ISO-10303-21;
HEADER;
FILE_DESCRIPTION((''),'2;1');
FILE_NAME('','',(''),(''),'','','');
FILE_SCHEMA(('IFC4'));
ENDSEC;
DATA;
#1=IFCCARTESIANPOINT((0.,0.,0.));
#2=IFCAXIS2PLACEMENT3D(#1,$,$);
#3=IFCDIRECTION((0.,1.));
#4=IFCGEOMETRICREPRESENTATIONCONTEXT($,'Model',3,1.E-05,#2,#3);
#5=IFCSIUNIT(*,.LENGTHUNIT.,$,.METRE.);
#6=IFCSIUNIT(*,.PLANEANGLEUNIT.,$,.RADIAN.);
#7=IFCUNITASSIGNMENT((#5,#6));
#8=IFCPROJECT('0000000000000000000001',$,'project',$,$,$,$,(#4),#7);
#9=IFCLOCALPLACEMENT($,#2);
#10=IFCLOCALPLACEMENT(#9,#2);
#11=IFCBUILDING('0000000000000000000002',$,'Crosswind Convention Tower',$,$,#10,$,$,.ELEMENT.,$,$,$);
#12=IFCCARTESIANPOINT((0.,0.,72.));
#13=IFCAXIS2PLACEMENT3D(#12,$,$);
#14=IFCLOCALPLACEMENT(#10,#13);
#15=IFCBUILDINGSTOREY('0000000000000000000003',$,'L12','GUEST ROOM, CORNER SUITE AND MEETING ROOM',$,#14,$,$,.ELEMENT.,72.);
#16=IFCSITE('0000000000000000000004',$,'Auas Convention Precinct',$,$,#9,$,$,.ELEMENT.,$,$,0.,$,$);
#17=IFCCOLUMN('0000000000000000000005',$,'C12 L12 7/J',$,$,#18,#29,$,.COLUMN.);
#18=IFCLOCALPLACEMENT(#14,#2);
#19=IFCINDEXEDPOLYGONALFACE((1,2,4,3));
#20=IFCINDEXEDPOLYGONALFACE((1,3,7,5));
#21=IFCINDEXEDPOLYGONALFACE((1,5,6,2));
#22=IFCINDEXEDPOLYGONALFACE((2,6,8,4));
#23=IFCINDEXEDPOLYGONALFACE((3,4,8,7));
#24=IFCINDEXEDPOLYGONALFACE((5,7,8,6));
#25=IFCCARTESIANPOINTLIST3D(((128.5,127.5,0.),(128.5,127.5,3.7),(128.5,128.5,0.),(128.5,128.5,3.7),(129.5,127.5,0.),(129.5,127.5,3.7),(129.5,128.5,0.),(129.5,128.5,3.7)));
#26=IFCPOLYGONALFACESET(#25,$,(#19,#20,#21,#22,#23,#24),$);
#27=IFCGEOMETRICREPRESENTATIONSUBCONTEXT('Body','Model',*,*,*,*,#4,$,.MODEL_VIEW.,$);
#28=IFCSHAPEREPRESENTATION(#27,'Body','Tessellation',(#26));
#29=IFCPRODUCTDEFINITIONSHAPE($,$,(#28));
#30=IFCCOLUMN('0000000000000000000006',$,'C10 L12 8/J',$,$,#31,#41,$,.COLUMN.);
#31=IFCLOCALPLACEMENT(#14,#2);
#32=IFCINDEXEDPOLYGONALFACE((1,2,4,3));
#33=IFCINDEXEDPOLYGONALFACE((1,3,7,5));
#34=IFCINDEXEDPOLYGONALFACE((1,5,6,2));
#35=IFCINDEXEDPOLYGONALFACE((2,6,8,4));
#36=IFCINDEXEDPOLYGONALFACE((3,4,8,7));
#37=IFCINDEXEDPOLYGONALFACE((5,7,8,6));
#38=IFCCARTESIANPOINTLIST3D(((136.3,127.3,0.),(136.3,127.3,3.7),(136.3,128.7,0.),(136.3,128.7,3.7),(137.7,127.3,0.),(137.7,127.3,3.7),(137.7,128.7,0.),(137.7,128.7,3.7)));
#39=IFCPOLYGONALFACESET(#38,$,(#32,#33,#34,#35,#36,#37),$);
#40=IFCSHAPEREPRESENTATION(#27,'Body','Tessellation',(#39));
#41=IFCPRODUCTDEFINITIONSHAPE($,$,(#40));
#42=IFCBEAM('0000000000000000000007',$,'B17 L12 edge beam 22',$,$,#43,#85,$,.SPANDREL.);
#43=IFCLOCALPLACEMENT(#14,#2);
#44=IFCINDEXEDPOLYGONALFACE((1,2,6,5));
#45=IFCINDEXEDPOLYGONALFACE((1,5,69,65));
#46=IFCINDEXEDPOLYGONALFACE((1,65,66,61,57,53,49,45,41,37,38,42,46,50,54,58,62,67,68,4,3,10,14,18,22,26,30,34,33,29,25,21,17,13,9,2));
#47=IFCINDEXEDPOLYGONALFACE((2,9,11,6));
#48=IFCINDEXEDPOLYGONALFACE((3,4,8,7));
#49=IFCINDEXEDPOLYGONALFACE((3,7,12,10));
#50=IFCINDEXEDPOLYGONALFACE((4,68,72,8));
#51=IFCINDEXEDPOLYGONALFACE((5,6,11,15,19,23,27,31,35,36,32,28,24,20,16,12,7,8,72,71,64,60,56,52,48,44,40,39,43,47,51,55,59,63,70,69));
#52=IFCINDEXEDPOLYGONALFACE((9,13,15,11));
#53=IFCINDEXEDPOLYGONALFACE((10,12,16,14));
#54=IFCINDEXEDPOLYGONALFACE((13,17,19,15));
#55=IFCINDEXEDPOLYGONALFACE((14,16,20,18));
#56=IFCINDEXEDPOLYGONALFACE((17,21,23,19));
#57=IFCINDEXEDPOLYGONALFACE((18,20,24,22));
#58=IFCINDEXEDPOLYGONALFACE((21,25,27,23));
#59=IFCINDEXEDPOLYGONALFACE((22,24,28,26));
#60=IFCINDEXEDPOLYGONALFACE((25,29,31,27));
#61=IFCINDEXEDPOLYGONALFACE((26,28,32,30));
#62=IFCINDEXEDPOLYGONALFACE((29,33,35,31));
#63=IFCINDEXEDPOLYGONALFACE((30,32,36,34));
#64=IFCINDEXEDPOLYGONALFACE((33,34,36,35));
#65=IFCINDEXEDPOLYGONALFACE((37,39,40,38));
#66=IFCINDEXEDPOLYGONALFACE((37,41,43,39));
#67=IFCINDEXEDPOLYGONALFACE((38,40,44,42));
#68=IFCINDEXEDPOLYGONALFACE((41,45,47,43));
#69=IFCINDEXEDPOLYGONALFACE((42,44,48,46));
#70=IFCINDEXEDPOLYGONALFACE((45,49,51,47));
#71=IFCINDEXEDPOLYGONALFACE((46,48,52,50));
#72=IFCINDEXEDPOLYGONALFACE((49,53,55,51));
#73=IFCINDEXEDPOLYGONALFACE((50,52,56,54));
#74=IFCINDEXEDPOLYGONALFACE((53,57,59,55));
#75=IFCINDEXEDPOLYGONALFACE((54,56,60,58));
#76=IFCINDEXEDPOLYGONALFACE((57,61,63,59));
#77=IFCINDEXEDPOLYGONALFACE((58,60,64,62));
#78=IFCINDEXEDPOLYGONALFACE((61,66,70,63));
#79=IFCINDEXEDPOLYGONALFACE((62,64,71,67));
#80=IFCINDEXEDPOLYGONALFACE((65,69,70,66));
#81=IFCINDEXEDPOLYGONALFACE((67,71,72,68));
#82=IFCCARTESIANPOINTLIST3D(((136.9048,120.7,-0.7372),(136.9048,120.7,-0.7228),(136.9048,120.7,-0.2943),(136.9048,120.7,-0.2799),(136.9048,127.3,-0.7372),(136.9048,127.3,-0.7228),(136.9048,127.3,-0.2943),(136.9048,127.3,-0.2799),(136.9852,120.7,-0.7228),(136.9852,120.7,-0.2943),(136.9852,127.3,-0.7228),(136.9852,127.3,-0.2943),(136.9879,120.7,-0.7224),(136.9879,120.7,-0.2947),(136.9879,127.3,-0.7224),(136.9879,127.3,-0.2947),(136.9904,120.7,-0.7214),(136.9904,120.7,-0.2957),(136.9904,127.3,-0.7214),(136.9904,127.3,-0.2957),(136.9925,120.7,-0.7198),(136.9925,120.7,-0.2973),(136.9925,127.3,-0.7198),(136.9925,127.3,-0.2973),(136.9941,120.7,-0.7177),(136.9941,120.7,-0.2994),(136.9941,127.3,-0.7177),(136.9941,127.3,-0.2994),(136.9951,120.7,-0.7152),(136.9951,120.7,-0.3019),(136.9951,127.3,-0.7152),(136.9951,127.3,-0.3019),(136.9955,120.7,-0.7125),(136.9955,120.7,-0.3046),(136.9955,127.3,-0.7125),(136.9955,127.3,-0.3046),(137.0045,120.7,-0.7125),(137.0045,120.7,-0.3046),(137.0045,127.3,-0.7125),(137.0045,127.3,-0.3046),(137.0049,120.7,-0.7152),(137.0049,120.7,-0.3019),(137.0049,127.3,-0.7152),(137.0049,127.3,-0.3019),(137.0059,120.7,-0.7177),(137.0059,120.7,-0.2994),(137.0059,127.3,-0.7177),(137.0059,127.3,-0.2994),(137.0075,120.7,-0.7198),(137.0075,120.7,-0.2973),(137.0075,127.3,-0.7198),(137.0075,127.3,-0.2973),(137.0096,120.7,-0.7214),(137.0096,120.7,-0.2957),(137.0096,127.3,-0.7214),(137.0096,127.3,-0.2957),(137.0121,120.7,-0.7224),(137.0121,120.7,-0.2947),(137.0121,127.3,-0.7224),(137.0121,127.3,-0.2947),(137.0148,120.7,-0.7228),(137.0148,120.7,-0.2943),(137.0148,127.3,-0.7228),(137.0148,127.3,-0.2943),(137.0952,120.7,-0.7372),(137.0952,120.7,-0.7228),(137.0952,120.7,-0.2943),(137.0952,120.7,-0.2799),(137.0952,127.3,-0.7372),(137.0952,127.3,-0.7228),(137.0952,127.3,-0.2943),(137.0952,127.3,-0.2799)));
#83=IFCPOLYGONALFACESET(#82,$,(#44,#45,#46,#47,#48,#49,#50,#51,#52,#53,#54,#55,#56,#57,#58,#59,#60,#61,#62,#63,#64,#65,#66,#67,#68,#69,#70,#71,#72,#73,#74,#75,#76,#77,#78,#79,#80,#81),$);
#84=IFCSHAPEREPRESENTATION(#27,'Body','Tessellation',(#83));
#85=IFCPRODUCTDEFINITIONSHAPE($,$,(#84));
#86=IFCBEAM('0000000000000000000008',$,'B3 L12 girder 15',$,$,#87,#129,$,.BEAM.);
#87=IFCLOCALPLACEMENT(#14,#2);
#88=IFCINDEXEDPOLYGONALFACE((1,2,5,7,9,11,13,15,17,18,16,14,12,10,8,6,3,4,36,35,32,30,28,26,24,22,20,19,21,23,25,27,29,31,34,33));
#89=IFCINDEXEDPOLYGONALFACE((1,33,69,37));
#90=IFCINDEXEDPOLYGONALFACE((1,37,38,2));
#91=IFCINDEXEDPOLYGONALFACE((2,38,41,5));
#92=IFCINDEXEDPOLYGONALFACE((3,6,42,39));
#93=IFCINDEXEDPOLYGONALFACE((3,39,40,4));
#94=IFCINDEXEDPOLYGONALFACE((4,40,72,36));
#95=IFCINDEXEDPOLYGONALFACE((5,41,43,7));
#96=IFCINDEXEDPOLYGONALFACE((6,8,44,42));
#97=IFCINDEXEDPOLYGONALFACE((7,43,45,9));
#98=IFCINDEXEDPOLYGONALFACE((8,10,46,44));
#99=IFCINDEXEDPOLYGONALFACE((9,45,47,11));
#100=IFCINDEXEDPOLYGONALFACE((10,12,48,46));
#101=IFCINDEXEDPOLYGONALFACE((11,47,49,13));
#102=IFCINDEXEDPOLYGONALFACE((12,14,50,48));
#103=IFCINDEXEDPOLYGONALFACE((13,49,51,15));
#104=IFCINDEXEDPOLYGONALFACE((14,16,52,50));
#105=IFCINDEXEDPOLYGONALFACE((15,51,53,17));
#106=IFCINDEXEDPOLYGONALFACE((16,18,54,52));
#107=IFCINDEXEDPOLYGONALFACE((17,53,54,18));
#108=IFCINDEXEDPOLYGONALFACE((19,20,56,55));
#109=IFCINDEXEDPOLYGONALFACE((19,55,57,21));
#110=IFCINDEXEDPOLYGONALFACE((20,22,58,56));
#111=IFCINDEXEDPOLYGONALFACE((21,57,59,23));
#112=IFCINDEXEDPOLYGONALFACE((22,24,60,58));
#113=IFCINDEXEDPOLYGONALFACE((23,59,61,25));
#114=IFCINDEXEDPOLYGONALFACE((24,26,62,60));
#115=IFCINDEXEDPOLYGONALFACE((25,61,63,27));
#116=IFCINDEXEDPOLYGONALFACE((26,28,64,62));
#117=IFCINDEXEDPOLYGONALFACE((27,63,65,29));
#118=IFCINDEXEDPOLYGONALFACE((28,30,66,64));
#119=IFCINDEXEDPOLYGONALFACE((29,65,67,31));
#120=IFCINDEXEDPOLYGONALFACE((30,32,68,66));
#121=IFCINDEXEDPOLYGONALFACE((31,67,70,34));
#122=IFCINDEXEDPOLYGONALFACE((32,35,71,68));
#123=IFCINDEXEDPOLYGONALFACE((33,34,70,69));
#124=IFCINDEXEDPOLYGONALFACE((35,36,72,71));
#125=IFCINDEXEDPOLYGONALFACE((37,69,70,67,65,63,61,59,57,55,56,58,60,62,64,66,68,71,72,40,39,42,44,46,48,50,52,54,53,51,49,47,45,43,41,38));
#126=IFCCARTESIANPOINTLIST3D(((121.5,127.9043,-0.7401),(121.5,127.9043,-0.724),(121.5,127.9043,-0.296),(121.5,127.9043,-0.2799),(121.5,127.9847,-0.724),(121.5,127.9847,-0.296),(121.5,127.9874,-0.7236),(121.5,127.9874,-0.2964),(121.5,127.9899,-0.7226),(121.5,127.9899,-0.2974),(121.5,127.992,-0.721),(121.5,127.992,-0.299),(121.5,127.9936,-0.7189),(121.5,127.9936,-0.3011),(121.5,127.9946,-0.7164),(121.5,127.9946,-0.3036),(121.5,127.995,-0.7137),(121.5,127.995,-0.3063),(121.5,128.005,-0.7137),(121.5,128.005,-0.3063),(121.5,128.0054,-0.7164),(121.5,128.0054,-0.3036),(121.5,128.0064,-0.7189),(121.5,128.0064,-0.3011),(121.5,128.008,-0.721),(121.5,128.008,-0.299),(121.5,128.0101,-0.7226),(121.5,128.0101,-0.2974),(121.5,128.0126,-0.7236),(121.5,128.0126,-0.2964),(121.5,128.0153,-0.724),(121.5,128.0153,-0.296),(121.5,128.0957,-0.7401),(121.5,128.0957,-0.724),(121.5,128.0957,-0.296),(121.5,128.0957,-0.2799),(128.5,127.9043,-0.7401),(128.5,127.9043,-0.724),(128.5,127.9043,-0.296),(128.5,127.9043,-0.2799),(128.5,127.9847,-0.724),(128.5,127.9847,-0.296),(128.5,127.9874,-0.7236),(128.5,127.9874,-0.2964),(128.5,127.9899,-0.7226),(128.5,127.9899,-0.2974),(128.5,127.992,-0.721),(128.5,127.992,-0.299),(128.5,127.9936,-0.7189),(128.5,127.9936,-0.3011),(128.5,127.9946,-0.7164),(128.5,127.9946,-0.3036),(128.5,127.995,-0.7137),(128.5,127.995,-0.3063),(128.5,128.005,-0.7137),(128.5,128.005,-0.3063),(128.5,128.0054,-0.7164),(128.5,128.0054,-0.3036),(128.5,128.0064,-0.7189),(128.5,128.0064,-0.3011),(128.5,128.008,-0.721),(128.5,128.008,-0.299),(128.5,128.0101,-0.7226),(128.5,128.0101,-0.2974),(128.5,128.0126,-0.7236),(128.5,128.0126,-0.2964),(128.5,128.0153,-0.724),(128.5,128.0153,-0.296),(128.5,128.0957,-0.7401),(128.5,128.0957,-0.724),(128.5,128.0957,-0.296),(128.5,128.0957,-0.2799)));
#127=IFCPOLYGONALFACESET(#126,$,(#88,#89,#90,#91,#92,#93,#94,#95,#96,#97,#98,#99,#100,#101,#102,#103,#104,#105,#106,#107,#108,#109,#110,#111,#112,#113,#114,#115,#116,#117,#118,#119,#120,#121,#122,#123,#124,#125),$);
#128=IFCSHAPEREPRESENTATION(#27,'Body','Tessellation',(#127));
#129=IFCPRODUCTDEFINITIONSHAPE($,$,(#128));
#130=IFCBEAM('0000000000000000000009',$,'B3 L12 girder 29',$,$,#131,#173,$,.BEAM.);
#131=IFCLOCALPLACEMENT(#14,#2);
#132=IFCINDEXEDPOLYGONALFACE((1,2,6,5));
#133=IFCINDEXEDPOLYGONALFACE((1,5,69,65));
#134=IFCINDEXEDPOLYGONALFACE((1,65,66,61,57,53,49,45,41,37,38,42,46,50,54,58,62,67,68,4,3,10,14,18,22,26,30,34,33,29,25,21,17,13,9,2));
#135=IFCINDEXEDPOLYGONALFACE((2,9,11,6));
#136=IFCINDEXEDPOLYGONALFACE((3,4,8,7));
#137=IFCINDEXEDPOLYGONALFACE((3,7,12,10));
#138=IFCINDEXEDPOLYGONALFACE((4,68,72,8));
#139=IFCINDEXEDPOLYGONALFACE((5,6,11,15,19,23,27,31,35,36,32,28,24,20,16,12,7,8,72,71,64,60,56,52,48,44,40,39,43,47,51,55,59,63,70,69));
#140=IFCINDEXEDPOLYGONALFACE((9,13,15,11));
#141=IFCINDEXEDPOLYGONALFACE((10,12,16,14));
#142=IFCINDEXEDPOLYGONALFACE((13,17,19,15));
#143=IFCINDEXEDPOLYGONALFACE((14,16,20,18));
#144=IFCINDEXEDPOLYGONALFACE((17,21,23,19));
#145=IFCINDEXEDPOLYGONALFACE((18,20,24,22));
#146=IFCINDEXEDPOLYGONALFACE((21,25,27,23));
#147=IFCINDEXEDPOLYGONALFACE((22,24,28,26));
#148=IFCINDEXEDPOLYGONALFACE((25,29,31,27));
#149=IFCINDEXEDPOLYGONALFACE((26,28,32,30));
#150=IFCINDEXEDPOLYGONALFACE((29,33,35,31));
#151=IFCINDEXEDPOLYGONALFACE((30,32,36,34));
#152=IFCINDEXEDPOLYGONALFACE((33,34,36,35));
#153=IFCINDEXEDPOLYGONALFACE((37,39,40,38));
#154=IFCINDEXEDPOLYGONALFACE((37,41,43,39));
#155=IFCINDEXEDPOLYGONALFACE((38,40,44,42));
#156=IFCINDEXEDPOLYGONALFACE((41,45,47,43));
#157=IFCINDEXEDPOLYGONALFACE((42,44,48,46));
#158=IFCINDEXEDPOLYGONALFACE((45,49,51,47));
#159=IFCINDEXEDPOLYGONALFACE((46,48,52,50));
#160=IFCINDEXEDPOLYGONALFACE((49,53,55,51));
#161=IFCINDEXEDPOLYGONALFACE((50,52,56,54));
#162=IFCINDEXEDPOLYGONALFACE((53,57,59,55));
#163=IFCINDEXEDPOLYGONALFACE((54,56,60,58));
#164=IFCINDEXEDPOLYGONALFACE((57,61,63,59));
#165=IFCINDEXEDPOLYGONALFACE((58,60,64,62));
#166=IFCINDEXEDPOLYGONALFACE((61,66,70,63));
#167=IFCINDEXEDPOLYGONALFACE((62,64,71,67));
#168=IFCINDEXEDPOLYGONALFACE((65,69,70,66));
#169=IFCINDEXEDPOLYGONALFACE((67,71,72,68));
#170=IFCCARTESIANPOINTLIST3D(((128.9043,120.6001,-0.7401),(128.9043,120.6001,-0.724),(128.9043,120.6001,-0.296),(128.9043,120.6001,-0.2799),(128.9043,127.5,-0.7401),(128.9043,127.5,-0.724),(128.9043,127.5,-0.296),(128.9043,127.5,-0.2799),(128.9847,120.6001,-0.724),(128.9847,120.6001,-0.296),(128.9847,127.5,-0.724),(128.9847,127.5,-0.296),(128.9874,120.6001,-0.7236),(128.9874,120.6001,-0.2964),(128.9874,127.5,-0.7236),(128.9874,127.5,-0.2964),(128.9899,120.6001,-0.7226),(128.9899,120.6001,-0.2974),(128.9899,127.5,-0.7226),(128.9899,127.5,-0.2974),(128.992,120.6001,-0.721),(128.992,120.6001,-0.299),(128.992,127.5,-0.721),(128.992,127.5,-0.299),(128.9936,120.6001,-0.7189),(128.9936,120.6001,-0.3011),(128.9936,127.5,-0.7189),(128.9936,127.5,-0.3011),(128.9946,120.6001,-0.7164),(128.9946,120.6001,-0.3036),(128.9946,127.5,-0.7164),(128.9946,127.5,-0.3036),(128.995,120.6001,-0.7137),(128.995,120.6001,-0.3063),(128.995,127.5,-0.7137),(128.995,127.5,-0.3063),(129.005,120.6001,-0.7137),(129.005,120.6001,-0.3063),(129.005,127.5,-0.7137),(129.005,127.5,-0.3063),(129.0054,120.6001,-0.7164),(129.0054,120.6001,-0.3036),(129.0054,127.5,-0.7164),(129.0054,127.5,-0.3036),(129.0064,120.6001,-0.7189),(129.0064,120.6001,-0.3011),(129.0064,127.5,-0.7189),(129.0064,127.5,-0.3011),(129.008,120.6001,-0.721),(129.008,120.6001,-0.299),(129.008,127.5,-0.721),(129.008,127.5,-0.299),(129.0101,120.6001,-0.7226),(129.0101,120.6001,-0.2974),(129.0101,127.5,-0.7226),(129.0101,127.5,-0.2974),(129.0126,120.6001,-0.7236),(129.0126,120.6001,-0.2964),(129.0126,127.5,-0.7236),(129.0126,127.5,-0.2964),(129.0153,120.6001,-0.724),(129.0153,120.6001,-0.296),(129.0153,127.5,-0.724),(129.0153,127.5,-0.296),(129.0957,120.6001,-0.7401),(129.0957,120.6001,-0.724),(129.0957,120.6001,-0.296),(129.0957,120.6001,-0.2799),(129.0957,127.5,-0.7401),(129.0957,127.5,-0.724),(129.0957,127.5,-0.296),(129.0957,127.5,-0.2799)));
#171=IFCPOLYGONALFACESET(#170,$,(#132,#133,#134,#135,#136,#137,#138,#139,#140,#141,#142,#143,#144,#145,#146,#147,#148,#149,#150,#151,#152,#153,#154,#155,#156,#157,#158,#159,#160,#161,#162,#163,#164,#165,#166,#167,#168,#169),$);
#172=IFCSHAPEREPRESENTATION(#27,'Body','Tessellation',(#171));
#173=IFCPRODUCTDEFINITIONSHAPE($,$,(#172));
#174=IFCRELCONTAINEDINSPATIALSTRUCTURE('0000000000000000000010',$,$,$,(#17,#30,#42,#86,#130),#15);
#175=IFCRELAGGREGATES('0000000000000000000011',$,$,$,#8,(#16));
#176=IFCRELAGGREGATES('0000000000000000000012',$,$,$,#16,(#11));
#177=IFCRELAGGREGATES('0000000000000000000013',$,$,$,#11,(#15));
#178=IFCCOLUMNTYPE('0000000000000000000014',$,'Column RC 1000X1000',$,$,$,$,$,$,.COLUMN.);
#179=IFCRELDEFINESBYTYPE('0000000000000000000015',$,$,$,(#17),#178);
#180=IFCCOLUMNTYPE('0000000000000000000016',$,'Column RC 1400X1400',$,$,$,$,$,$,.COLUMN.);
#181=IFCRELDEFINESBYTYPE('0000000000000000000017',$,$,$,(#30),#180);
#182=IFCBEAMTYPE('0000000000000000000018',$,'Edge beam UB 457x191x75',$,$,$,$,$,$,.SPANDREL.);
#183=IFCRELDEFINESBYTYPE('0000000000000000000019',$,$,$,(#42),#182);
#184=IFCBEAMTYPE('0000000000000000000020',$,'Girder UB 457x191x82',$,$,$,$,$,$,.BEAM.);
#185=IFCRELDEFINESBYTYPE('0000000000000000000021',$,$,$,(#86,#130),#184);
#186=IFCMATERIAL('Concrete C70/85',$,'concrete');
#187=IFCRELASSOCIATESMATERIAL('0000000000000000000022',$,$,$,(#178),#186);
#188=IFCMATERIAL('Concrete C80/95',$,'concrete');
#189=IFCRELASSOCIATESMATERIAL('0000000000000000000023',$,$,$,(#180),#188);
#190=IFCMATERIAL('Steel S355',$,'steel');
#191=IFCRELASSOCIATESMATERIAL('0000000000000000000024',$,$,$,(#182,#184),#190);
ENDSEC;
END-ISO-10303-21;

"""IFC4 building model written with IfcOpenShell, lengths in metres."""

from ifc_helpers import new_model, si_unit, direction, frame, origin, origin_2d, place, context, subcontext, project, spatial, rectangle, i_section, extrude, material, material_profile, profile_set, type_object, element, save


model = new_model("IFC4")

# Units and contexts
model_context = context("Model", 3, precision=1e-05, world=origin(), true_north=direction((0.0, 1.0)))
body_context = subcontext(model_context, "Body", "Model", "MODEL_VIEW")
ifc_project = project(units=[si_unit("LENGTHUNIT", "METRE"), si_unit("PLANEANGLEUNIT", "RADIAN")], contexts=[model_context])

# Site, building, storey
site_placement = place(None, origin())
site = spatial("IfcSite", under=ifc_project, at=site_placement, Name="Auas Convention Precinct", CompositionType="ELEMENT", RefElevation=0.0)
building_placement = place(site_placement, origin())
building = spatial("IfcBuilding", under=site, at=building_placement, Name="Crosswind Convention Tower", CompositionType="ELEMENT")
storey_placement = place(building_placement, frame((0.0, 0.0, 72.0)))
storey = spatial("IfcBuildingStorey", under=building, at=storey_placement, Name="L12", Description="GUEST ROOM, CORNER SUITE AND MEETING ROOM", CompositionType="ELEMENT", Elevation=72.0)

# Columns
ifc_material_1 = material(Name="Concrete C70/85", Category="concrete")
ifc_material_profile_1 = material_profile(ifc_material_1, rectangle(XDim=1.0, YDim=1.0, at=origin_2d()), Name="RC 1000X1000")
ifc_profile_set_1 = profile_set([ifc_material_profile_1], Name="Concrete C70/85")
column_type_1 = type_object("IfcColumnType", Name="Column RC 1000X1000", PredefinedType="COLUMN", material=ifc_profile_set_1)
column_1_placement = place(storey_placement, frame((129.0, 128.0, 0.0), z_axis=(0.0, 0.0, 1.0), x_axis=(1.0, 0.0, 0.0)))
element("IfcColumn", 1, at=column_1_placement, inside=storey, type_object=column_type_1, Name="C12 L12 7/J", PredefinedType="COLUMN", context=body_context, shape_type="SweptSolid", body=[
    extrude(rectangle(XDim=1.0, YDim=1.0, at=origin_2d()), origin(), (0.0, 0.0, 1.0), 3.7),
])
ifc_material_2 = material(Name="Concrete C80/95", Category="concrete")
ifc_material_profile_2 = material_profile(ifc_material_2, rectangle(XDim=1.3999, YDim=1.3999, at=origin_2d()), Name="RC 1400X1400")
ifc_profile_set_2 = profile_set([ifc_material_profile_2], Name="Concrete C80/95")
column_type_2 = type_object("IfcColumnType", Name="Column RC 1400X1400", PredefinedType="COLUMN", material=ifc_profile_set_2)
column_2_placement = place(storey_placement, frame((137.0, 128.0, 0.0), z_axis=(0.0, 0.0, 1.0), x_axis=(1.0, 0.0, 0.0)))
element("IfcColumn", 2, at=column_2_placement, inside=storey, type_object=column_type_2, Name="C10 L12 8/J", PredefinedType="COLUMN", context=body_context, shape_type="SweptSolid", body=[
    extrude(rectangle(XDim=1.3999, YDim=1.3999, at=origin_2d()), origin(), (0.0, 0.0, 1.0), 3.7),
])

# Beams
ifc_material_3 = material(Name="Steel S355", Category="steel")
ifc_material_profile_3 = material_profile(ifc_material_3, i_section(OverallWidth=0.1904, OverallDepth=0.4573, WebThickness=0.009, FlangeThickness=0.0144, FilletRadius=0.0103, at=origin_2d()), Name="UB 457x191x75")
ifc_profile_set_3 = profile_set([ifc_material_profile_3], Name="Steel S355")
beam_type_1 = type_object("IfcBeamType", Name="Edge beam UB 457x191x75", PredefinedType="SPANDREL", material=ifc_profile_set_3)
beam_1_placement = place(storey_placement, frame((137.0, 120.7, -0.5085), z_axis=(0.0, 1.0, 0.0), x_axis=(-1.0, 0.0, 0.0)))
element("IfcBeam", 3, at=beam_1_placement, inside=storey, type_object=beam_type_1, Name="B17 L12 edge beam 22", PredefinedType="SPANDREL", context=body_context, shape_type="SweptSolid", body=[
    extrude(i_section(OverallWidth=0.1904, OverallDepth=0.4573, WebThickness=0.009, FlangeThickness=0.0144, FilletRadius=0.0103, at=origin_2d()), origin(), (0.0, 0.0, 1.0), 6.6001),
])
ifc_material_profile_4 = material_profile(ifc_material_3, i_section(OverallWidth=0.1914, OverallDepth=0.4602, WebThickness=0.01, FlangeThickness=0.0161, FilletRadius=0.0103, at=origin_2d()), Name="UB 457x191x82")
ifc_profile_set_4 = profile_set([ifc_material_profile_4], Name="Steel S355")
beam_type_2 = type_object("IfcBeamType", Name="Girder UB 457x191x82", PredefinedType="BEAM", material=ifc_profile_set_4)
beam_2_placement = place(storey_placement, frame((121.5, 128.0, -0.51), z_axis=(1.0, 0.0, 0.0), x_axis=(0.0, 1.0, 0.0)))
element("IfcBeam", 4, at=beam_2_placement, inside=storey, type_object=beam_type_2, Name="B3 L12 girder 15", PredefinedType="BEAM", context=body_context, shape_type="SweptSolid", body=[
    extrude(i_section(OverallWidth=0.1914, OverallDepth=0.4602, WebThickness=0.01, FlangeThickness=0.0161, FilletRadius=0.0103, at=origin_2d()), origin(), (0.0, 0.0, 1.0), 7.0),
])
beam_3_placement = place(storey_placement, frame((129.0, 120.6001, -0.51), z_axis=(0.0, 1.0, 0.0), x_axis=(-1.0, 0.0, 0.0)))
element("IfcBeam", 5, at=beam_3_placement, inside=storey, type_object=beam_type_2, Name="B3 L12 girder 29", PredefinedType="BEAM", context=body_context, shape_type="SweptSolid", body=[
    extrude(i_section(OverallWidth=0.1914, OverallDepth=0.4602, WebThickness=0.01, FlangeThickness=0.0161, FilletRadius=0.0103, at=origin_2d()), origin(), (0.0, 0.0, 1.0), 6.8999),
])

save(model, "model.ifc")
